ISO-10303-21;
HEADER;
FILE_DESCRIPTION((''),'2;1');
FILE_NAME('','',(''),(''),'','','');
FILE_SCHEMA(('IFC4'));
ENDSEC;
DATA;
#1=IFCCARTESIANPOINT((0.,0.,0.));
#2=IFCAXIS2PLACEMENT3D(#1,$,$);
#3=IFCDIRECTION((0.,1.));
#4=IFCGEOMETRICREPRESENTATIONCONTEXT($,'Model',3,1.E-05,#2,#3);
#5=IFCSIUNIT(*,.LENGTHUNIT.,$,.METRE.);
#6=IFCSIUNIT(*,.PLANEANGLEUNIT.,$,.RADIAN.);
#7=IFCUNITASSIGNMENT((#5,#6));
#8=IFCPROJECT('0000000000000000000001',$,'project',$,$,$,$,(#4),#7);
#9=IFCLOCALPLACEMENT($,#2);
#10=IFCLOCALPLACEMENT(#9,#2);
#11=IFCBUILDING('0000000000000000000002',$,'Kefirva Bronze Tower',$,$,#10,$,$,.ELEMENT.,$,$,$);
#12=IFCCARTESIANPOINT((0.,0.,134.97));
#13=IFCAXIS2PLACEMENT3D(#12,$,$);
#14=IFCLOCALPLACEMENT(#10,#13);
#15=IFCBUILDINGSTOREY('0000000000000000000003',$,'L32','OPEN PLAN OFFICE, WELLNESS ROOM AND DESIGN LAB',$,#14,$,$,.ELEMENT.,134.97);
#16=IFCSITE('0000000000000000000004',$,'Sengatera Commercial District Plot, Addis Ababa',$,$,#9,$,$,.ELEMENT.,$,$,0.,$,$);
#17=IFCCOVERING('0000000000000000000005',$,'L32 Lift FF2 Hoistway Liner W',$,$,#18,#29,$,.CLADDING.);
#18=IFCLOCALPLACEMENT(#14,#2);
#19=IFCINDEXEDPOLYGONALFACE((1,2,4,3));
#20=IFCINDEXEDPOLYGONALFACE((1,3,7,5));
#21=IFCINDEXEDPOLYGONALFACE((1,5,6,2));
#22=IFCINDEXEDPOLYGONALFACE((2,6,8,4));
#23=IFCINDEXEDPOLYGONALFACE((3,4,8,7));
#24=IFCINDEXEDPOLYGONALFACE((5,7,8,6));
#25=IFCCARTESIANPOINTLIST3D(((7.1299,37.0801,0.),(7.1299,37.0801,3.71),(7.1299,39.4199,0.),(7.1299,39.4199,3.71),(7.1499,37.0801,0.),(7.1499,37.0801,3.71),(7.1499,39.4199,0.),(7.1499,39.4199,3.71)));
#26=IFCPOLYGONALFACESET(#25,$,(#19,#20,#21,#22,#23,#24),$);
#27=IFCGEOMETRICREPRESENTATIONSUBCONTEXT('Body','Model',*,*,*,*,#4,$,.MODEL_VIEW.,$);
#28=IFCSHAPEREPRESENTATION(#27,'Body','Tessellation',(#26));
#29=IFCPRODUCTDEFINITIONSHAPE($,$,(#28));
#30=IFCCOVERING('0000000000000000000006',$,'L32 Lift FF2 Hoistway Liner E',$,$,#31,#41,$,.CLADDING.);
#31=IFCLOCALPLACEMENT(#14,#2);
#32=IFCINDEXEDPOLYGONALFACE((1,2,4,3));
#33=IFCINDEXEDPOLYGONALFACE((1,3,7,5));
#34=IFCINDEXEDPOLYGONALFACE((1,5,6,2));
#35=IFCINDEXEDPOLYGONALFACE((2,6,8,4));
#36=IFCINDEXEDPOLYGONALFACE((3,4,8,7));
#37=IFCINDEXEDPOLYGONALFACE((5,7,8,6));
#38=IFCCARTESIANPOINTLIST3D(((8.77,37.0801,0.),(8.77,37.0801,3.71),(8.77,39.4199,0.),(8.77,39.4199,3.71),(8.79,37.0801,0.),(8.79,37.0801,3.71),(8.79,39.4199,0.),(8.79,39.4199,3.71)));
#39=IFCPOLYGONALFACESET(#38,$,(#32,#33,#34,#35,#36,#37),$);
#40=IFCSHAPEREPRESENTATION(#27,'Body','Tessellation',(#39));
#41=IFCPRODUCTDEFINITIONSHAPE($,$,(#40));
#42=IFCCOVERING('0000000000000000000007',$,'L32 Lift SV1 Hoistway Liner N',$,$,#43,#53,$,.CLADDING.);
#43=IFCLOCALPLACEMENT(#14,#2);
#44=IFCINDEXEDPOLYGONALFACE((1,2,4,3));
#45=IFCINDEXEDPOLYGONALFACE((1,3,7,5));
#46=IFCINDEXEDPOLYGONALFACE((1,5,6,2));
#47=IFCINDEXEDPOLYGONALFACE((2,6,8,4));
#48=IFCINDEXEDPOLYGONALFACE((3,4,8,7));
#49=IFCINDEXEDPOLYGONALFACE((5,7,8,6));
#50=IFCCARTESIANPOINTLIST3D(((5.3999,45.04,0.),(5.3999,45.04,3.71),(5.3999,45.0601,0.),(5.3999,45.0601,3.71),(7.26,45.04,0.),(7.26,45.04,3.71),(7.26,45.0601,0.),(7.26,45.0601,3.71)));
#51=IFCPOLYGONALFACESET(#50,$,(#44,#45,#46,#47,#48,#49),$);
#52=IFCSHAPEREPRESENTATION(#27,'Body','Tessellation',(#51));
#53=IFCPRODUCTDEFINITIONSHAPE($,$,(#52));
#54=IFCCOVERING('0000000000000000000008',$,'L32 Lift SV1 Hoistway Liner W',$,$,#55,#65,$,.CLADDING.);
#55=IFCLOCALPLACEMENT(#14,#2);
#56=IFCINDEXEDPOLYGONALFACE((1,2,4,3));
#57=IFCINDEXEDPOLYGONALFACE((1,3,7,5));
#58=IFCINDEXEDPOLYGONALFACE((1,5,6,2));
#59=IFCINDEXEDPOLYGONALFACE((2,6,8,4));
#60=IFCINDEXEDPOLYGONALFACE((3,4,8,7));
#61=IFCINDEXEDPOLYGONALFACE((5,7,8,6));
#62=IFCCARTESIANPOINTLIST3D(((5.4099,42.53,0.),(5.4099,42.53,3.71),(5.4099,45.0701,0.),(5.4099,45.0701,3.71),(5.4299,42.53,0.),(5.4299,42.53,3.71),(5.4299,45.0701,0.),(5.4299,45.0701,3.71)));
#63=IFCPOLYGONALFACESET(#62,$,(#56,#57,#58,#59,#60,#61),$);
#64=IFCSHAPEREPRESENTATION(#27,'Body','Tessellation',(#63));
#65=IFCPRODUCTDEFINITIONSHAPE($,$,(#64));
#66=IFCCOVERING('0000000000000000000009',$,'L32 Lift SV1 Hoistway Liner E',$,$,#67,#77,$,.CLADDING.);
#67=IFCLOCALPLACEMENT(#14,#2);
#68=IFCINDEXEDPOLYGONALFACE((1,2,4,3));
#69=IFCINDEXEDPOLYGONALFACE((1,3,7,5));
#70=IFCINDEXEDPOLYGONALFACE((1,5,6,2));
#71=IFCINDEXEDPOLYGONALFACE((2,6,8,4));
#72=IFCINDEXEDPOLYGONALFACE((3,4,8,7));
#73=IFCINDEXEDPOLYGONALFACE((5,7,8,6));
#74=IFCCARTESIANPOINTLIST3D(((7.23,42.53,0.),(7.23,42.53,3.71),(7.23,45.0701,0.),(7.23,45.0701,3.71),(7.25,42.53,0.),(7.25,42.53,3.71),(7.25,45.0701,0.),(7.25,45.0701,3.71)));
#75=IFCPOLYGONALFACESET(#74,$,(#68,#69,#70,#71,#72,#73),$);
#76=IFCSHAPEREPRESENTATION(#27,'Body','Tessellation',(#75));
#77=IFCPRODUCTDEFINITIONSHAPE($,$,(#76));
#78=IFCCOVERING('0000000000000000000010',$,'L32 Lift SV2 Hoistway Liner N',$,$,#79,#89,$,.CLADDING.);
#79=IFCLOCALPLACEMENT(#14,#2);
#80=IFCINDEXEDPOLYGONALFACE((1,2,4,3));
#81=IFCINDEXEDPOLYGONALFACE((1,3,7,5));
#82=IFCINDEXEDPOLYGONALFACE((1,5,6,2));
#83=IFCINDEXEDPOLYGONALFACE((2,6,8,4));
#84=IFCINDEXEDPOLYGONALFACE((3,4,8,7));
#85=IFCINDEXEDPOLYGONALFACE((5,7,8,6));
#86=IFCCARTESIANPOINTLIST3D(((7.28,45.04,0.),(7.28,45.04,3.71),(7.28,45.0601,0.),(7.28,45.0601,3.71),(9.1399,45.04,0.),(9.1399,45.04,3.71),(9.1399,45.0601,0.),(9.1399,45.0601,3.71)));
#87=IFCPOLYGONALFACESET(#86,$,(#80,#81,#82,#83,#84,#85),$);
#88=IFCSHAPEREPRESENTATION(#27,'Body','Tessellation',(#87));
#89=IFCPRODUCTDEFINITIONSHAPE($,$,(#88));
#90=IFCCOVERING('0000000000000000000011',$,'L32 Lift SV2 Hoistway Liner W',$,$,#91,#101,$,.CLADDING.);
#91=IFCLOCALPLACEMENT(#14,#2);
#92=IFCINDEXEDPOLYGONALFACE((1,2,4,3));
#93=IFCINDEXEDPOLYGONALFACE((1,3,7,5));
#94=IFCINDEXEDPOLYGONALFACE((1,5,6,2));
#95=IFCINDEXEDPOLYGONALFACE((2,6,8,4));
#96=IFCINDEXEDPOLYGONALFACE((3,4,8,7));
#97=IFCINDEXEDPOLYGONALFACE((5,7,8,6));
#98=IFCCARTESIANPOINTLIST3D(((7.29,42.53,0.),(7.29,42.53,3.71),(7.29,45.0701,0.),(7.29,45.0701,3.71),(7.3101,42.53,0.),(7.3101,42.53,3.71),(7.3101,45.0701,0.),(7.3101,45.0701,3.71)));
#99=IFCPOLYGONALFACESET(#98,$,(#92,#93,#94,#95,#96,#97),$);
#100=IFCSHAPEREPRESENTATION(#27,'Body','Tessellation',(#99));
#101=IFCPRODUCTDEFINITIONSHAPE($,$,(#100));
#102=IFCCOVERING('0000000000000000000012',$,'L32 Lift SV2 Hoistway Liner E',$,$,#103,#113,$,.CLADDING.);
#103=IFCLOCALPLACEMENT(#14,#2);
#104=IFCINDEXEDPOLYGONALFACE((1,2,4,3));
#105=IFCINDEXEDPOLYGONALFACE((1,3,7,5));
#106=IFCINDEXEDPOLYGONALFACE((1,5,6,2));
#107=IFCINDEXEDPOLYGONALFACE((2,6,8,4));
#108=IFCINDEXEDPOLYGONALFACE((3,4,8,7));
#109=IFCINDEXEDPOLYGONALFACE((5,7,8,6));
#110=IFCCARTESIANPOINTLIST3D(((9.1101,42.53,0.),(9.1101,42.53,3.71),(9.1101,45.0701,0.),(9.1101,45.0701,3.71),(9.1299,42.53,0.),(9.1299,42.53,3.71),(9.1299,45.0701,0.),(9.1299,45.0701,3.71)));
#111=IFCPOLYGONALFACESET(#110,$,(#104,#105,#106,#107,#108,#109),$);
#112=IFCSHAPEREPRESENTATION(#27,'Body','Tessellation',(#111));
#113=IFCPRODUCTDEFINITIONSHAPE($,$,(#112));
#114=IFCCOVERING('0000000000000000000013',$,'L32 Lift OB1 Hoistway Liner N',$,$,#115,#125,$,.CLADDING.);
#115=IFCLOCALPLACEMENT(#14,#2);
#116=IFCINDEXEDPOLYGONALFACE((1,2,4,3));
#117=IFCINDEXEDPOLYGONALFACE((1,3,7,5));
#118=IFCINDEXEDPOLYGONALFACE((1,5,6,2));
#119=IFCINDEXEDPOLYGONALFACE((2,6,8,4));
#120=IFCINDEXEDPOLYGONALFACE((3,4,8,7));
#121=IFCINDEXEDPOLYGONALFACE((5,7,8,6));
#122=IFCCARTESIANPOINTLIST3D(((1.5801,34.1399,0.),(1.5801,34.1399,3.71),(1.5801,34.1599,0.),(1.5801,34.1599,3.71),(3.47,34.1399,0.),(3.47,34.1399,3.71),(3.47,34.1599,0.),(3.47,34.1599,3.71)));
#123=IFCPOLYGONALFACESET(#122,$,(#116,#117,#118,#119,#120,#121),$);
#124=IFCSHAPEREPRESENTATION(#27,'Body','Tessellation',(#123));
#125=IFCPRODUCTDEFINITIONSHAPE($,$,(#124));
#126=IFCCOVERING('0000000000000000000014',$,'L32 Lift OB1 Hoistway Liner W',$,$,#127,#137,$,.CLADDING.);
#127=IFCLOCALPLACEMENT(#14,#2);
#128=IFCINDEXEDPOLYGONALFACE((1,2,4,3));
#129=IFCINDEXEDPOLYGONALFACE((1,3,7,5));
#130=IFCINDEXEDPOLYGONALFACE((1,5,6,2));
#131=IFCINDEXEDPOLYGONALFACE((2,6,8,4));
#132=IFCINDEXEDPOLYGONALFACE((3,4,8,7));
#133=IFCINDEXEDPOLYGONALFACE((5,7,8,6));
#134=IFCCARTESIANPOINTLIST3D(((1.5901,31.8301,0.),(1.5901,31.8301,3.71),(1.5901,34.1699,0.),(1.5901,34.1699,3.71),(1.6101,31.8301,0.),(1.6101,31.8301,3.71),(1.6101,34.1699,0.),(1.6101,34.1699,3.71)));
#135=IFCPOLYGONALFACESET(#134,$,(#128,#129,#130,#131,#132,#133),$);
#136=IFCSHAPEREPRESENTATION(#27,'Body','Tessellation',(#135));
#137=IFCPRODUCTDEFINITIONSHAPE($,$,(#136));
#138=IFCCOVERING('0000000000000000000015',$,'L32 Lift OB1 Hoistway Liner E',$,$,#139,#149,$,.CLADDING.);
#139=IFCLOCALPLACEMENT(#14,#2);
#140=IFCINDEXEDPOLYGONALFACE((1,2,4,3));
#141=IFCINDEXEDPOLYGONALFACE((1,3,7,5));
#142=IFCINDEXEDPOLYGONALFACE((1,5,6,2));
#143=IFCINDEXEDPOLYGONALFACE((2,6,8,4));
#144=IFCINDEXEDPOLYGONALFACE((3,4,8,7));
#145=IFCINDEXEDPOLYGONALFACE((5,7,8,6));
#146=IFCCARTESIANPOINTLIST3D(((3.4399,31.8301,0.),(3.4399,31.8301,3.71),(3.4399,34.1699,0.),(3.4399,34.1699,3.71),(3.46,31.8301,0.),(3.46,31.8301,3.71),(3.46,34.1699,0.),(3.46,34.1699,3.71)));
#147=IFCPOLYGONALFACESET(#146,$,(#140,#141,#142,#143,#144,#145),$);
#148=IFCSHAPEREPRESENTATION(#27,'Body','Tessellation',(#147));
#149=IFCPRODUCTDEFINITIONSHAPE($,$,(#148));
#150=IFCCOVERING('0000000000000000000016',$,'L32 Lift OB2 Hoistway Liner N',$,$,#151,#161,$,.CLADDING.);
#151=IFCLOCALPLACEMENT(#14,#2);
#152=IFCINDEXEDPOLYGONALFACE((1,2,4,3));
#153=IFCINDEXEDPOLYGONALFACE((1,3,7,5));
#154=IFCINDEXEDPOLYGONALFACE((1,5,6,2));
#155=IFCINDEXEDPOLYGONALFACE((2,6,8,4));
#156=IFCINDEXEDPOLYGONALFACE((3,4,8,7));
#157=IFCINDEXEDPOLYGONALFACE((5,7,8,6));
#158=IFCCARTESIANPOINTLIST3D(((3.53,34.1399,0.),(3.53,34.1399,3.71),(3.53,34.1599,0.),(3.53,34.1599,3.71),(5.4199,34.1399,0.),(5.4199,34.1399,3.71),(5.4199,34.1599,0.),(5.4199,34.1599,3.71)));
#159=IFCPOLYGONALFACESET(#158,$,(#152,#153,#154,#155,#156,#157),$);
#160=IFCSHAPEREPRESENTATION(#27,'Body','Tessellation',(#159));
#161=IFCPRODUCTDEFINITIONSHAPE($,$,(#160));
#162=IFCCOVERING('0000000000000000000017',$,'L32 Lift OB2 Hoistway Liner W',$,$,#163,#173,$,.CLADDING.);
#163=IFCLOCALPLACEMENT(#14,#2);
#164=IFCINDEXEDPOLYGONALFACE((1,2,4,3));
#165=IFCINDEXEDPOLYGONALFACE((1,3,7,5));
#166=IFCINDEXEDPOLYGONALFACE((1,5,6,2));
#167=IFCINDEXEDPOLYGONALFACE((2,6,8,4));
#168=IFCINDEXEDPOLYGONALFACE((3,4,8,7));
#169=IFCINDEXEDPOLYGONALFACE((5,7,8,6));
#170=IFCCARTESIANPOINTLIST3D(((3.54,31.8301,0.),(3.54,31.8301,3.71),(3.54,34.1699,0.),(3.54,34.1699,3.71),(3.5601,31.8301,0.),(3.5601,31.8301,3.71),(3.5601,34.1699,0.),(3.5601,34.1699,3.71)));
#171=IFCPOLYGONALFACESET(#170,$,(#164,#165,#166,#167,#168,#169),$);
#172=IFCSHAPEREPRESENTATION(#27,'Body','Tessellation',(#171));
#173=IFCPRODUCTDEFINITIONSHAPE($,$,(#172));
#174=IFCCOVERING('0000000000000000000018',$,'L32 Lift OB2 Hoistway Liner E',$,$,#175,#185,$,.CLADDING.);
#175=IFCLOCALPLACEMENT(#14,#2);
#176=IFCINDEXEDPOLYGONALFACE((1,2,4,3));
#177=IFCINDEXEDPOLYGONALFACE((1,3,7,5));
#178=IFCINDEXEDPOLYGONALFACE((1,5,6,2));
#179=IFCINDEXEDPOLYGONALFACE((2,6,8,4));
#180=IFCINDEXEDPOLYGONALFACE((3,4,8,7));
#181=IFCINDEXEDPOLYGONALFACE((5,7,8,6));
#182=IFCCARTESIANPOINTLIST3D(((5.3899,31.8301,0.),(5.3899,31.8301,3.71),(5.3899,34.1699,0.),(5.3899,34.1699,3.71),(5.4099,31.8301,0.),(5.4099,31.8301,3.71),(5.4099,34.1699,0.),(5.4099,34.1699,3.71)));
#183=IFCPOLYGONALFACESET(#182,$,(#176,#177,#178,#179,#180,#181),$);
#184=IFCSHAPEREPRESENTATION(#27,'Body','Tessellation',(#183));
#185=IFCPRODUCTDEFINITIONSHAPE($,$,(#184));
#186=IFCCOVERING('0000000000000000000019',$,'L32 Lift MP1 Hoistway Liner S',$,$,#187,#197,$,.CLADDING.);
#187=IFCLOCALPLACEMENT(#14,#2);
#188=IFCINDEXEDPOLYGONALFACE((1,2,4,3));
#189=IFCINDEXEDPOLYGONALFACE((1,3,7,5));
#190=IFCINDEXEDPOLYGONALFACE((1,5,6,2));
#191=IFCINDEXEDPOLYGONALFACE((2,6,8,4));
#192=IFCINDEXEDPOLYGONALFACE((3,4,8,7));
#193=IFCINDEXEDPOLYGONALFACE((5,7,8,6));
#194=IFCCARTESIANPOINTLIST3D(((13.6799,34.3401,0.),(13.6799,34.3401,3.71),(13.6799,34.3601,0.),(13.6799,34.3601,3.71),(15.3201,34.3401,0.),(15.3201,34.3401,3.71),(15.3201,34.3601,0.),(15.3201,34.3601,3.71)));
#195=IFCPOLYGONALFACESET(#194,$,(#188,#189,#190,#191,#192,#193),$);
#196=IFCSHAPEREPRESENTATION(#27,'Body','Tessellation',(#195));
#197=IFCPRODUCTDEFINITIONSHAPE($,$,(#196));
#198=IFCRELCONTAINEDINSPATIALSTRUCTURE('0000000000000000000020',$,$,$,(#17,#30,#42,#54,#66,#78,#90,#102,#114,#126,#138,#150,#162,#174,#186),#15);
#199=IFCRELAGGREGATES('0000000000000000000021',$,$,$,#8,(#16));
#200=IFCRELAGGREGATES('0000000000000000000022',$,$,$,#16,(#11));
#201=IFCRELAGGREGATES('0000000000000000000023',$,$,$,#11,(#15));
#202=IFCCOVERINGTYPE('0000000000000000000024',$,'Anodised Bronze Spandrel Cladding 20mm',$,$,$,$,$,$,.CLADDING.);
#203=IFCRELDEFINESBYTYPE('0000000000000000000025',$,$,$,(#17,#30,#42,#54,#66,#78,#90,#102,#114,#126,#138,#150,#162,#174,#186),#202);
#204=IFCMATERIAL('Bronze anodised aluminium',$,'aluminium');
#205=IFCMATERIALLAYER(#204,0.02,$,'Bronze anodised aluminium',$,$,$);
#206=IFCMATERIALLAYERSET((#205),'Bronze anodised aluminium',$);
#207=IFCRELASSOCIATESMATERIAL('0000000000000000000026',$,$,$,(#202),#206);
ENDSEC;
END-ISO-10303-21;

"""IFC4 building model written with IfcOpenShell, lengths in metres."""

from ifc_helpers import new_model, si_unit, direction, frame, origin, place, context, subcontext, project, spatial, polyline, outline, extrude, material, layer, layer_set, type_object, element, save


model = new_model("IFC4")

# Units and contexts
model_context = context("Model", 3, precision=1e-05, world=origin(), true_north=direction((0.0, 1.0)))
body_context = subcontext(model_context, "Body", "Model", "MODEL_VIEW")
ifc_project = project(units=[si_unit("LENGTHUNIT", "METRE"), si_unit("PLANEANGLEUNIT", "RADIAN")], contexts=[model_context])

# Site, building, storey
site_placement = place(None, origin())
site = spatial("IfcSite", under=ifc_project, at=site_placement, Name="Sengatera Commercial District Plot, Addis Ababa", CompositionType="ELEMENT", RefElevation=0.0)
building_placement = place(site_placement, origin())
building = spatial("IfcBuilding", under=site, at=building_placement, Name="Kefirva Bronze Tower", CompositionType="ELEMENT")
storey_placement = place(building_placement, frame((0.0, 0.0, 134.97)))
storey = spatial("IfcBuildingStorey", under=building, at=storey_placement, Name="L32", Description="OPEN PLAN OFFICE, WELLNESS ROOM AND DESIGN LAB", CompositionType="ELEMENT", Elevation=134.97)

# Coverings
ifc_material_1 = material(Name="Bronze anodised aluminium", Category="aluminium")
ifc_layer_1 = layer(ifc_material_1, 0.02, Name="Bronze anodised aluminium")
ifc_layer_set_1 = layer_set([ifc_layer_1], Name="Bronze anodised aluminium")
covering_type = type_object("IfcCoveringType", Name="Anodised Bronze Spandrel Cladding 20mm", PredefinedType="CLADDING", material=ifc_layer_set_1)
covering_1_placement = place(storey_placement, origin())
element("IfcCovering", 1, at=covering_1_placement, inside=storey, type_object=covering_type, Name="L32 Lift FF2 Hoistway Liner W", PredefinedType="CLADDING", context=body_context, shape_type="SweptSolid", body=[
    extrude(outline(polyline([(7.1299, 37.0801), (7.1499, 37.0801), (7.1499, 39.4199), (7.1299, 39.4199), (7.1299, 37.0801)])), origin(), (0.0, 0.0, 1.0), 3.71),
])
covering_2_placement = place(storey_placement, origin())
element("IfcCovering", 2, at=covering_2_placement, inside=storey, type_object=covering_type, Name="L32 Lift FF2 Hoistway Liner E", PredefinedType="CLADDING", context=body_context, shape_type="SweptSolid", body=[
    extrude(outline(polyline([(8.77, 37.0801), (8.79, 37.0801), (8.79, 39.4199), (8.77, 39.4199), (8.77, 37.0801)])), origin(), (0.0, 0.0, 1.0), 3.71),
])
covering_3_placement = place(storey_placement, origin())
element("IfcCovering", 3, at=covering_3_placement, inside=storey, type_object=covering_type, Name="L32 Lift SV1 Hoistway Liner N", PredefinedType="CLADDING", context=body_context, shape_type="SweptSolid", body=[
    extrude(outline(polyline([(5.3999, 45.04), (7.26, 45.04), (7.26, 45.0601), (5.3999, 45.0601), (5.3999, 45.04)])), origin(), (0.0, 0.0, 1.0), 3.71),
])
covering_4_placement = place(storey_placement, origin())
element("IfcCovering", 4, at=covering_4_placement, inside=storey, type_object=covering_type, Name="L32 Lift SV1 Hoistway Liner W", PredefinedType="CLADDING", context=body_context, shape_type="SweptSolid", body=[
    extrude(outline(polyline([(5.4099, 42.53), (5.4299, 42.53), (5.4299, 45.0701), (5.4099, 45.0701), (5.4099, 42.53)])), origin(), (0.0, 0.0, 1.0), 3.71),
])
covering_5_placement = place(storey_placement, origin())
element("IfcCovering", 5, at=covering_5_placement, inside=storey, type_object=covering_type, Name="L32 Lift SV1 Hoistway Liner E", PredefinedType="CLADDING", context=body_context, shape_type="SweptSolid", body=[
    extrude(outline(polyline([(7.23, 42.53), (7.25, 42.53), (7.25, 45.0701), (7.23, 45.0701), (7.23, 42.53)])), origin(), (0.0, 0.0, 1.0), 3.71),
])
covering_6_placement = place(storey_placement, origin())
element("IfcCovering", 6, at=covering_6_placement, inside=storey, type_object=covering_type, Name="L32 Lift SV2 Hoistway Liner N", PredefinedType="CLADDING", context=body_context, shape_type="SweptSolid", body=[
    extrude(outline(polyline([(7.28, 45.04), (9.1399, 45.04), (9.1399, 45.0601), (7.28, 45.0601), (7.28, 45.04)])), origin(), (0.0, 0.0, 1.0), 3.71),
])
covering_7_placement = place(storey_placement, origin())
element("IfcCovering", 7, at=covering_7_placement, inside=storey, type_object=covering_type, Name="L32 Lift SV2 Hoistway Liner W", PredefinedType="CLADDING", context=body_context, shape_type="SweptSolid", body=[
    extrude(outline(polyline([(7.29, 42.53), (7.3101, 42.53), (7.3101, 45.0701), (7.29, 45.0701), (7.29, 42.53)])), origin(), (0.0, 0.0, 1.0), 3.71),
])
covering_8_placement = place(storey_placement, origin())
element("IfcCovering", 8, at=covering_8_placement, inside=storey, type_object=covering_type, Name="L32 Lift SV2 Hoistway Liner E", PredefinedType="CLADDING", context=body_context, shape_type="SweptSolid", body=[
    extrude(outline(polyline([(9.1101, 42.53), (9.1299, 42.53), (9.1299, 45.0701), (9.1101, 45.0701), (9.1101, 42.53)])), origin(), (0.0, 0.0, 1.0), 3.71),
])
covering_9_placement = place(storey_placement, origin())
element("IfcCovering", 9, at=covering_9_placement, inside=storey, type_object=covering_type, Name="L32 Lift OB1 Hoistway Liner N", PredefinedType="CLADDING", context=body_context, shape_type="SweptSolid", body=[
    extrude(outline(polyline([(1.5801, 34.1399), (3.47, 34.1399), (3.47, 34.1599), (1.5801, 34.1599), (1.5801, 34.1399)])), origin(), (0.0, 0.0, 1.0), 3.71),
])
covering_10_placement = place(storey_placement, origin())
element("IfcCovering", 10, at=covering_10_placement, inside=storey, type_object=covering_type, Name="L32 Lift OB1 Hoistway Liner W", PredefinedType="CLADDING", context=body_context, shape_type="SweptSolid", body=[
    extrude(outline(polyline([(1.5901, 31.8301), (1.6101, 31.8301), (1.6101, 34.1699), (1.5901, 34.1699), (1.5901, 31.8301)])), origin(), (0.0, 0.0, 1.0), 3.71),
])
covering_11_placement = place(storey_placement, origin())
element("IfcCovering", 11, at=covering_11_placement, inside=storey, type_object=covering_type, Name="L32 Lift OB1 Hoistway Liner E", PredefinedType="CLADDING", context=body_context, shape_type="SweptSolid", body=[
    extrude(outline(polyline([(3.4399, 31.8301), (3.46, 31.8301), (3.46, 34.1699), (3.4399, 34.1699), (3.4399, 31.8301)])), origin(), (0.0, 0.0, 1.0), 3.71),
])
covering_12_placement = place(storey_placement, origin())
element("IfcCovering", 12, at=covering_12_placement, inside=storey, type_object=covering_type, Name="L32 Lift OB2 Hoistway Liner N", PredefinedType="CLADDING", context=body_context, shape_type="SweptSolid", body=[
    extrude(outline(polyline([(3.53, 34.1399), (5.4199, 34.1399), (5.4199, 34.1599), (3.53, 34.1599), (3.53, 34.1399)])), origin(), (0.0, 0.0, 1.0), 3.71),
])
covering_13_placement = place(storey_placement, origin())
element("IfcCovering", 13, at=covering_13_placement, inside=storey, type_object=covering_type, Name="L32 Lift OB2 Hoistway Liner W", PredefinedType="CLADDING", context=body_context, shape_type="SweptSolid", body=[
    extrude(outline(polyline([(3.54, 31.8301), (3.5601, 31.8301), (3.5601, 34.1699), (3.54, 34.1699), (3.54, 31.8301)])), origin(), (0.0, 0.0, 1.0), 3.71),
])
covering_14_placement = place(storey_placement, origin())
element("IfcCovering", 14, at=covering_14_placement, inside=storey, type_object=covering_type, Name="L32 Lift OB2 Hoistway Liner E", PredefinedType="CLADDING", context=body_context, shape_type="SweptSolid", body=[
    extrude(outline(polyline([(5.3899, 31.8301), (5.4099, 31.8301), (5.4099, 34.1699), (5.3899, 34.1699), (5.3899, 31.8301)])), origin(), (0.0, 0.0, 1.0), 3.71),
])
covering_15_placement = place(storey_placement, origin())
element("IfcCovering", 15, at=covering_15_placement, inside=storey, type_object=covering_type, Name="L32 Lift MP1 Hoistway Liner S", PredefinedType="CLADDING", context=body_context, shape_type="SweptSolid", body=[
    extrude(outline(polyline([(13.6799, 34.3401), (15.3201, 34.3401), (15.3201, 34.3601), (13.6799, 34.3601), (13.6799, 34.3401)])), origin(), (0.0, 0.0, 1.0), 3.71),
])

save(model, "model.ifc")
